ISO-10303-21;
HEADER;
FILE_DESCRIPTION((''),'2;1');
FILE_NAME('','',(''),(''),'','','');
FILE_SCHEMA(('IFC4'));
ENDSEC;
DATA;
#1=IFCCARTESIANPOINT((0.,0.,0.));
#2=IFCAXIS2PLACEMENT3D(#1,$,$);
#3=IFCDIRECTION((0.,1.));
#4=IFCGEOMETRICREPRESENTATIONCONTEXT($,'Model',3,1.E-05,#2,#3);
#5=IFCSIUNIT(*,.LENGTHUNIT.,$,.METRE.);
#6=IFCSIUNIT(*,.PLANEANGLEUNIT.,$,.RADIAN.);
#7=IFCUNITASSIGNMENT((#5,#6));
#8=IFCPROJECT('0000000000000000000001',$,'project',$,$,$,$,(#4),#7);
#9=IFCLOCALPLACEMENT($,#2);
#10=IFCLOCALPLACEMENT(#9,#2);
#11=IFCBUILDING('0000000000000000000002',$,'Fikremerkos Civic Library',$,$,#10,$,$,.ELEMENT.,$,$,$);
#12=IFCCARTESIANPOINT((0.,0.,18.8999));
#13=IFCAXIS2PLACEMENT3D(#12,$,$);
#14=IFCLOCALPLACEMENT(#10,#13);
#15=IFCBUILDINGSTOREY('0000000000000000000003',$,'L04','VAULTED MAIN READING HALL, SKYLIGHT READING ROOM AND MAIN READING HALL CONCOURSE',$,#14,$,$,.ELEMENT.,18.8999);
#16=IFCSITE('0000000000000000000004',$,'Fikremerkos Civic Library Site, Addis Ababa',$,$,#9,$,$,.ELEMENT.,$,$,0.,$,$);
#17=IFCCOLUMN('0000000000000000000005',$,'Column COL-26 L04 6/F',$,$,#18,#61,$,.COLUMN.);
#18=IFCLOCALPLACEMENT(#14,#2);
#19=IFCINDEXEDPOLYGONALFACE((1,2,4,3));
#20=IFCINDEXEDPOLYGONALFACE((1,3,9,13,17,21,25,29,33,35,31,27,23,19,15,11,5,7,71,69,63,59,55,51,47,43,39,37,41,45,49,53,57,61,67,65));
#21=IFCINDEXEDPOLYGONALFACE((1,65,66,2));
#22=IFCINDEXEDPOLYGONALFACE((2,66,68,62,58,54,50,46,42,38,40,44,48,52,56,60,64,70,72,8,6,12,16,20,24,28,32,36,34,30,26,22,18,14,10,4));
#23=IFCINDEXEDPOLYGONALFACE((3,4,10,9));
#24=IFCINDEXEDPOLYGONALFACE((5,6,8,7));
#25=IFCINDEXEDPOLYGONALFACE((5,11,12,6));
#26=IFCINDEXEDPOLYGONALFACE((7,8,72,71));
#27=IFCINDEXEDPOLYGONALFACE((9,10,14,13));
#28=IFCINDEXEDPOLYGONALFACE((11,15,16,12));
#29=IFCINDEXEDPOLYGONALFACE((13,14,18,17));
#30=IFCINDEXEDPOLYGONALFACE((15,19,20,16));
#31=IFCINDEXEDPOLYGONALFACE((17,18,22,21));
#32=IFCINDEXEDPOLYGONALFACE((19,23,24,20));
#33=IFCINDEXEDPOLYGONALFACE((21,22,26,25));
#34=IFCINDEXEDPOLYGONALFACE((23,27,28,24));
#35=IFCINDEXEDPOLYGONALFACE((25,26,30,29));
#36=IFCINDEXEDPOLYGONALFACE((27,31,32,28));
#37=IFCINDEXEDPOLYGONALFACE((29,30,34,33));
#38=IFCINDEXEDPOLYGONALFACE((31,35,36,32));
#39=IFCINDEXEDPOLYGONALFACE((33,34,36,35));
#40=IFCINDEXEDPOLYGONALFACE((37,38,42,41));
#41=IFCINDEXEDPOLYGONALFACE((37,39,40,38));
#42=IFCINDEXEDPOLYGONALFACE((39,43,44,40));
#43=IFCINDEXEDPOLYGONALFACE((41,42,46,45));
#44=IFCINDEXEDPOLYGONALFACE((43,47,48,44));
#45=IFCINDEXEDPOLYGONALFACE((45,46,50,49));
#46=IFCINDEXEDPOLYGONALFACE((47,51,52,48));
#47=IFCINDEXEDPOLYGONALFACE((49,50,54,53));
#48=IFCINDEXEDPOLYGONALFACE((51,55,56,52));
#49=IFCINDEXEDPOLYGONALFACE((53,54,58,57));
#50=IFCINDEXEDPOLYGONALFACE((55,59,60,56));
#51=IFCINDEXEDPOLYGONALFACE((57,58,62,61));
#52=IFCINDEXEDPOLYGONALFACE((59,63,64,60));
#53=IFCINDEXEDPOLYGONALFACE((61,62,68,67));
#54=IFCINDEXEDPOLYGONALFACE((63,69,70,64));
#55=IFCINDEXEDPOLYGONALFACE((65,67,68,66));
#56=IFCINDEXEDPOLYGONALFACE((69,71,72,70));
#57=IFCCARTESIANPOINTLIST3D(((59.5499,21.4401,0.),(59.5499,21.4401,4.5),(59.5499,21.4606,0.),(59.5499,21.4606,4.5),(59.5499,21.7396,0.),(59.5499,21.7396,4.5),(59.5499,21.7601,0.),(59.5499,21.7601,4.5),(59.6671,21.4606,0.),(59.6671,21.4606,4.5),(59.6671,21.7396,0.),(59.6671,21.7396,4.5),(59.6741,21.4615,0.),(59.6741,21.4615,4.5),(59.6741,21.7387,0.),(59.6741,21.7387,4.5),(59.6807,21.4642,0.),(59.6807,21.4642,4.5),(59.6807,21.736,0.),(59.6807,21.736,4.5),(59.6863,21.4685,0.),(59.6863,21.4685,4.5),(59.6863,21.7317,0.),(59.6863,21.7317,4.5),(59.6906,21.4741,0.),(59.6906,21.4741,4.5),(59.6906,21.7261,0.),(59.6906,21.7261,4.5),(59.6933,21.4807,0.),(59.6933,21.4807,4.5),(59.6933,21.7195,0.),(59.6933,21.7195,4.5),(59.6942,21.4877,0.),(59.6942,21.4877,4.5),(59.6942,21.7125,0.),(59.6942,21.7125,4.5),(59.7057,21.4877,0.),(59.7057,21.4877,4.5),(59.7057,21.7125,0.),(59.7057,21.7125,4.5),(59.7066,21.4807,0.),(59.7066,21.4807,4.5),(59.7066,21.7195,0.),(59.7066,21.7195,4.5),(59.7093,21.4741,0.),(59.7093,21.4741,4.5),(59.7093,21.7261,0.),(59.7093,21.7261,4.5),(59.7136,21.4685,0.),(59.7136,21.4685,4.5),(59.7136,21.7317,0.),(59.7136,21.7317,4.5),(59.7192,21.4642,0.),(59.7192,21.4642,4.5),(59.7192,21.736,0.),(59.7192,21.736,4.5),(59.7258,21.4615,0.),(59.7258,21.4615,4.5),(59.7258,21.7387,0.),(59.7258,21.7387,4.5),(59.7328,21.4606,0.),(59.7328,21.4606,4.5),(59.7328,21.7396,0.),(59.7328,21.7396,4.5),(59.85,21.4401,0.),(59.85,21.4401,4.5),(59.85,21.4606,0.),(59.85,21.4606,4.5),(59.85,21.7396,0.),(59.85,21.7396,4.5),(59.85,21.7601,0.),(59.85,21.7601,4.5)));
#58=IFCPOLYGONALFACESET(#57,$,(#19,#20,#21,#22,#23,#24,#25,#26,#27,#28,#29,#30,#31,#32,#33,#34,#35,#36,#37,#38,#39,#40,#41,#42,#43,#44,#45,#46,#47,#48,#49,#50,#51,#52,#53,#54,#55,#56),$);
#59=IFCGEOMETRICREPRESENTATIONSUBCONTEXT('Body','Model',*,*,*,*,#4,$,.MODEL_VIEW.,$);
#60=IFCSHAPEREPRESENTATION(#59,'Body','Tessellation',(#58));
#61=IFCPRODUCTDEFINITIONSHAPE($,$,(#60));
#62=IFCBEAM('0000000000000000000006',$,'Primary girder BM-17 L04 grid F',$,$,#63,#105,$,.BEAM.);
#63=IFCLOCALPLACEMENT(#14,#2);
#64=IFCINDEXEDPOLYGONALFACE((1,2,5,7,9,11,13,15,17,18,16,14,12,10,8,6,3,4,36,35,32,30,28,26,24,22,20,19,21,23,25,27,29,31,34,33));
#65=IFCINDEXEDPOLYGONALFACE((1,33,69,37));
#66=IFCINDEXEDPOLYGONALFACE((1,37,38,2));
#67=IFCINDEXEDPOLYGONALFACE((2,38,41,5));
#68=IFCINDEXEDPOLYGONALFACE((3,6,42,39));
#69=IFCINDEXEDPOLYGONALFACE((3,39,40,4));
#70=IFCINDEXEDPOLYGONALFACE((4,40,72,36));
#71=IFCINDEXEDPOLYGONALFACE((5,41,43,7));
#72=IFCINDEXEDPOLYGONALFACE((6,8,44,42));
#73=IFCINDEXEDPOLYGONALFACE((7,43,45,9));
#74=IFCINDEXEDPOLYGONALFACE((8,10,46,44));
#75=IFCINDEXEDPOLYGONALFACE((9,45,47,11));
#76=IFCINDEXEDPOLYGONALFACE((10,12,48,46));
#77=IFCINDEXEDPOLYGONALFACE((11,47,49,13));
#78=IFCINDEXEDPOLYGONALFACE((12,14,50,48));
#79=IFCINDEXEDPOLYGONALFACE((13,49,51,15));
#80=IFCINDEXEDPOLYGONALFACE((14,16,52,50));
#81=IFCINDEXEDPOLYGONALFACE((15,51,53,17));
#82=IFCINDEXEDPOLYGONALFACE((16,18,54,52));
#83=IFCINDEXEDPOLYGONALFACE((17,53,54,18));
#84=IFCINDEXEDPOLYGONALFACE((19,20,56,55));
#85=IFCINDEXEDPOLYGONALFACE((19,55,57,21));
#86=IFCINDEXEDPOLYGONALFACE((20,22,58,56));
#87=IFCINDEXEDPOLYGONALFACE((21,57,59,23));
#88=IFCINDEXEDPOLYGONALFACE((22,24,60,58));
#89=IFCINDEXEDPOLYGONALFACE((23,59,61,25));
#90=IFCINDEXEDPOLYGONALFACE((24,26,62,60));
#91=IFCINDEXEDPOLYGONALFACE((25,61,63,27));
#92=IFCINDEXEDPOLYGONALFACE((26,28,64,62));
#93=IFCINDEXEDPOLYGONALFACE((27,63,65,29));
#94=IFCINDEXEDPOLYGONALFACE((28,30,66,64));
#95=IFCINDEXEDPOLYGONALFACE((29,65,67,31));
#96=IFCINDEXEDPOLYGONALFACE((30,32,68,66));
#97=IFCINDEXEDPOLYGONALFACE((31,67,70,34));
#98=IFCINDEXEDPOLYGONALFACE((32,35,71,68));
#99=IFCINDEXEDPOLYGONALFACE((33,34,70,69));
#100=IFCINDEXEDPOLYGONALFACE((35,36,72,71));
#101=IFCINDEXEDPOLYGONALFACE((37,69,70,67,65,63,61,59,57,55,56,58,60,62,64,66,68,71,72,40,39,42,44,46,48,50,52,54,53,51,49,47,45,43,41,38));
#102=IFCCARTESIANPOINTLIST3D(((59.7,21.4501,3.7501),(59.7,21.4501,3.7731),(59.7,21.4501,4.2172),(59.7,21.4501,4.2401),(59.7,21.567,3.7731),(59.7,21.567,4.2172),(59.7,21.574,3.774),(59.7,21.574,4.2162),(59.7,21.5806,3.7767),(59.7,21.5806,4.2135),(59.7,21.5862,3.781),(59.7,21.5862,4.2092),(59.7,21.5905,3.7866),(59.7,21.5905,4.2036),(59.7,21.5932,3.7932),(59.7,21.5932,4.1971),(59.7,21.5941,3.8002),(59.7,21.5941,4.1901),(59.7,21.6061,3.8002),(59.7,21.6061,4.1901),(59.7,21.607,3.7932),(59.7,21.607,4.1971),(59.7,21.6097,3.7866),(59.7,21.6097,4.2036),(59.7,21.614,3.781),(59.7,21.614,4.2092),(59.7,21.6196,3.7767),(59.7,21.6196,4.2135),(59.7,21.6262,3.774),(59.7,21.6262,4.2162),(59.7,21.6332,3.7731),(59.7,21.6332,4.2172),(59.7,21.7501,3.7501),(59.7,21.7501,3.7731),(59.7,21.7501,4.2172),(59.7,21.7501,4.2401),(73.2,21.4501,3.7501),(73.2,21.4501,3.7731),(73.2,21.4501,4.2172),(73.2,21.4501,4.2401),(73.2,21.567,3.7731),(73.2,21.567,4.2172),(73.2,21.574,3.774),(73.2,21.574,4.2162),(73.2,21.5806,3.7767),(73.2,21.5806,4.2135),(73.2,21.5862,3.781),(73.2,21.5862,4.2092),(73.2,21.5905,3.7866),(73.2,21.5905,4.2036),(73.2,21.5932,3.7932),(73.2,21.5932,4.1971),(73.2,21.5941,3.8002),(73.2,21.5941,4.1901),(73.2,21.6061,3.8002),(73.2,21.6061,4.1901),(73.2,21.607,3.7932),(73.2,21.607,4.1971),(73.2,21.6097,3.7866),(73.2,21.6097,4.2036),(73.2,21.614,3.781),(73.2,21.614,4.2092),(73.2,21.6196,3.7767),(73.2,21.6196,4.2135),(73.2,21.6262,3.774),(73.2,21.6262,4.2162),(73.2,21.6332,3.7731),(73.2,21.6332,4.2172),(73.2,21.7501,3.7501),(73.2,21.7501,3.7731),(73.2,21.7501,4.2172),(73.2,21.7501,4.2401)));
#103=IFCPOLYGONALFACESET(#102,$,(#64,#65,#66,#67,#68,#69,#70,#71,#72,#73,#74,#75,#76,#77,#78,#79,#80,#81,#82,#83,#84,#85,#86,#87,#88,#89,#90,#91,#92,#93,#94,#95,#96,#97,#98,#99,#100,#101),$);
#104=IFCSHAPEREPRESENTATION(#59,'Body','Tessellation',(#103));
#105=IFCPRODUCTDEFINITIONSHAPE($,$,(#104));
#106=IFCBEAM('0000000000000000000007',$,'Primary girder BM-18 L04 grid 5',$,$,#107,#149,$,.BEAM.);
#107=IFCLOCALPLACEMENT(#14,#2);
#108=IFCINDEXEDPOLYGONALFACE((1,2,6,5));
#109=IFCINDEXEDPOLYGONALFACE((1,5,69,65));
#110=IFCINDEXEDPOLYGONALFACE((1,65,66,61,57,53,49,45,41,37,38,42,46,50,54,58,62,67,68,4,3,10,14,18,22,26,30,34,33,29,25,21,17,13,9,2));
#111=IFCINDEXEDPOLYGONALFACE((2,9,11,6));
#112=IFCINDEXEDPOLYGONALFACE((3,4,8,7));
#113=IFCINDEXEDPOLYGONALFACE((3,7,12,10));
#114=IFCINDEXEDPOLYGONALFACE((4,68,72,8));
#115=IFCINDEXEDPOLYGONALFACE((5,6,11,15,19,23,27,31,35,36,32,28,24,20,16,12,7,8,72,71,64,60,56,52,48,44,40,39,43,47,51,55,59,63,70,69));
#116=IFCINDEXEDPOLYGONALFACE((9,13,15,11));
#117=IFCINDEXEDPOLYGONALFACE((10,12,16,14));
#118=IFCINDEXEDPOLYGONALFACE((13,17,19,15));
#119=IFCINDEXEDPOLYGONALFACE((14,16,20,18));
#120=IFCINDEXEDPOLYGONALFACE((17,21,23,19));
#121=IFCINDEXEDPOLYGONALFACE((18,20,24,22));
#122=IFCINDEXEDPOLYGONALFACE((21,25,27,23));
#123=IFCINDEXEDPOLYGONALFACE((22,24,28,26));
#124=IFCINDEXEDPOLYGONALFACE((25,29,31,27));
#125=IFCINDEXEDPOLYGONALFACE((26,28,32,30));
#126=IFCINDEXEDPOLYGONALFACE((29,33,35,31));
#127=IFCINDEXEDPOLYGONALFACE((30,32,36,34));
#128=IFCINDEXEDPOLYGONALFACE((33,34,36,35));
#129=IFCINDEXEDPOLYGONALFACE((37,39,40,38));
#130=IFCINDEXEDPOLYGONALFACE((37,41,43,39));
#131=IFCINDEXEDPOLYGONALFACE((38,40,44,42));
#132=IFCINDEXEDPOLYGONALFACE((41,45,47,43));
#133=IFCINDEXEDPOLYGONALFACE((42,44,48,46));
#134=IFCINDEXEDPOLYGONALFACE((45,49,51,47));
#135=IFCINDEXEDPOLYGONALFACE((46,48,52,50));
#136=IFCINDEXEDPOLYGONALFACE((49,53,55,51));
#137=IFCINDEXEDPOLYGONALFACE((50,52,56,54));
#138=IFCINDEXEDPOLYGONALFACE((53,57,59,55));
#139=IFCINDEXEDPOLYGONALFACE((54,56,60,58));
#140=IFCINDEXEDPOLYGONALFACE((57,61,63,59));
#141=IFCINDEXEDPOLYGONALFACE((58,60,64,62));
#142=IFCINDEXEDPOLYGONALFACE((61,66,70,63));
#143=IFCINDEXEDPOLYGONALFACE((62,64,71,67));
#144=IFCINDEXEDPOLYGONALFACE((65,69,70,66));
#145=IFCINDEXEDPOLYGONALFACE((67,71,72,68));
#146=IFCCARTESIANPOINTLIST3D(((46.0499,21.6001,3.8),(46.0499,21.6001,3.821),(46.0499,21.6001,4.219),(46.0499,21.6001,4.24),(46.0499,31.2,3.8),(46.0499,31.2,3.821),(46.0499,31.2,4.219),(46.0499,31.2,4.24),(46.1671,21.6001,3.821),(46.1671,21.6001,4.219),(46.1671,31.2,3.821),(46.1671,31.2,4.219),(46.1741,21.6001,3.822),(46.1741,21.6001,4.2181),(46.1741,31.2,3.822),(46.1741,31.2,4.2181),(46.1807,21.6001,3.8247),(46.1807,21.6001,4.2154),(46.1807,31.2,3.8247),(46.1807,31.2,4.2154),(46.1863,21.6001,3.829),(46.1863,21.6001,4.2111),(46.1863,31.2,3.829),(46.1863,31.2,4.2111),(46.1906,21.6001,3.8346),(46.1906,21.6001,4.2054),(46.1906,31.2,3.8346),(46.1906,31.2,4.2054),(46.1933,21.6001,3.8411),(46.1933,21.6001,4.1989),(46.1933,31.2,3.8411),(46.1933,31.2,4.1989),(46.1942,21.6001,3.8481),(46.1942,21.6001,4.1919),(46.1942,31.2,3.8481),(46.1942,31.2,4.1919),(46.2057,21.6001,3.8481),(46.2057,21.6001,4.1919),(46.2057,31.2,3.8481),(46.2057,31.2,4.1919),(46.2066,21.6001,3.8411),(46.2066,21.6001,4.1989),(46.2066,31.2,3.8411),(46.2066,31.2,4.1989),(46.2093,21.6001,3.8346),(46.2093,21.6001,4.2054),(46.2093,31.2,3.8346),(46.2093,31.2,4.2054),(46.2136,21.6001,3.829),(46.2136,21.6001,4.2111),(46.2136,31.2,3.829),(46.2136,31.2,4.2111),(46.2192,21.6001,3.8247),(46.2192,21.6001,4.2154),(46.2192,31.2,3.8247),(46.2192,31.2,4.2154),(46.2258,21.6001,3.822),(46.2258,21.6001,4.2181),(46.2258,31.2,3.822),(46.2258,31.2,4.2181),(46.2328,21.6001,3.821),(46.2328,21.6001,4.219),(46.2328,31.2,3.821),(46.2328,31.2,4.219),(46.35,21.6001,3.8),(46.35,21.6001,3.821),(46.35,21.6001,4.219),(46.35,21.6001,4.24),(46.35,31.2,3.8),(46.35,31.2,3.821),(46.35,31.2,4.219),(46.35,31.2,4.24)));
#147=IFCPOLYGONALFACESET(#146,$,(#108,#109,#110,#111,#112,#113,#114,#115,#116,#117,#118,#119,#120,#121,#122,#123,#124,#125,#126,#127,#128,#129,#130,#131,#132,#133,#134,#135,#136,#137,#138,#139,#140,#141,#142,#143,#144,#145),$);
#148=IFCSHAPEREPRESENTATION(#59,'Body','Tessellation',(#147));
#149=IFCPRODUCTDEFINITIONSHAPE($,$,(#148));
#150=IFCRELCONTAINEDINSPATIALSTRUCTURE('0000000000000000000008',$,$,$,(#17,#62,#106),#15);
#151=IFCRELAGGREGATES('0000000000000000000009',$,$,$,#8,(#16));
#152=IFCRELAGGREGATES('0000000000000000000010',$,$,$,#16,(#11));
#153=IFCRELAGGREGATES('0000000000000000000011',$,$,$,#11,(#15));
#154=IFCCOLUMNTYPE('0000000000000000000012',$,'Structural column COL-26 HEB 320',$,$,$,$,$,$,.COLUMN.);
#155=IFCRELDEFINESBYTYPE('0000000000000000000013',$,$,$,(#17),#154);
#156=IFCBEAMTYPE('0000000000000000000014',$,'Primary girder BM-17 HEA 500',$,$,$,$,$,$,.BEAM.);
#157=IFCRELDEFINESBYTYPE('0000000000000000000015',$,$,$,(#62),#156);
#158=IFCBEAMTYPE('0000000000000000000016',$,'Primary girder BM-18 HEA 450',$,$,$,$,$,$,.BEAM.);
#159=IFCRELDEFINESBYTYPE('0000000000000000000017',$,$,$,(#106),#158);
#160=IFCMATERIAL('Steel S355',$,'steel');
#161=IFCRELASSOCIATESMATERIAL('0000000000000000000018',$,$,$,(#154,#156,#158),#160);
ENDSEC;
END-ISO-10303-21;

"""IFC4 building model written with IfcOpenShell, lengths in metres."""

from ifc_helpers import new_model, si_unit, direction, frame, origin, origin_2d, place, context, subcontext, project, spatial, i_section, extrude, material, material_profile, profile_set, type_object, element, save


model = new_model("IFC4")

# Units and contexts
model_context = context("Model", 3, precision=1e-05, world=origin(), true_north=direction((0.0, 1.0)))
body_context = subcontext(model_context, "Body", "Model", "MODEL_VIEW")
ifc_project = project(units=[si_unit("LENGTHUNIT", "METRE"), si_unit("PLANEANGLEUNIT", "RADIAN")], contexts=[model_context])

# Site, building, storey
site_placement = place(None, origin())
site = spatial("IfcSite", under=ifc_project, at=site_placement, Name="Fikremerkos Civic Library Site, Addis Ababa", CompositionType="ELEMENT", RefElevation=0.0)
building_placement = place(site_placement, origin())
building = spatial("IfcBuilding", under=site, at=building_placement, Name="Fikremerkos Civic Library", CompositionType="ELEMENT")
storey_placement = place(building_placement, frame((0.0, 0.0, 18.8999)))
storey = spatial("IfcBuildingStorey", under=building, at=storey_placement, Name="L04", Description="VAULTED MAIN READING HALL, SKYLIGHT READING ROOM AND MAIN READING HALL CONCOURSE", CompositionType="ELEMENT", Elevation=18.8999)

# Column
ifc_material_1 = material(Name="Steel S355", Category="steel")
ifc_material_profile_1 = material_profile(ifc_material_1, i_section(OverallWidth=0.3, OverallDepth=0.3201, WebThickness=0.0115, FlangeThickness=0.0205, FilletRadius=0.0271, at=origin_2d()), Name="HEB 320")
ifc_profile_set_1 = profile_set([ifc_material_profile_1], Name="Steel S355")
column_type = type_object("IfcColumnType", Name="Structural column COL-26 HEB 320", PredefinedType="COLUMN", material=ifc_profile_set_1)
column_placement = place(storey_placement, frame((59.7, 21.6001, 0.0), z_axis=(0.0, 0.0, 1.0), x_axis=(1.0, 0.0, 0.0)))
element("IfcColumn", 1, at=column_placement, inside=storey, type_object=column_type, Name="Column COL-26 L04 6/F", PredefinedType="COLUMN", context=body_context, shape_type="SweptSolid", body=[
    extrude(i_section(OverallWidth=0.3, OverallDepth=0.3201, WebThickness=0.0115, FlangeThickness=0.0205, FilletRadius=0.0271, at=origin_2d()), origin(), (0.0, 0.0, 1.0), 4.5),
])

# Beams
ifc_material_profile_2 = material_profile(ifc_material_1, i_section(OverallWidth=0.3, OverallDepth=0.49, WebThickness=0.012, FlangeThickness=0.0229, FilletRadius=0.0271, at=origin_2d()), Name="HEA 500")
ifc_profile_set_2 = profile_set([ifc_material_profile_2], Name="Steel S355")
beam_type_1 = type_object("IfcBeamType", Name="Primary girder BM-17 HEA 500", PredefinedType="BEAM", material=ifc_profile_set_2)
beam_1_placement = place(storey_placement, frame((59.7, 21.6001, 3.9951), z_axis=(1.0, 0.0, 0.0), x_axis=(0.0, 1.0, 0.0)))
element("IfcBeam", 2, at=beam_1_placement, inside=storey, type_object=beam_type_1, Name="Primary girder BM-17 L04 grid F", PredefinedType="BEAM", context=body_context, shape_type="SweptSolid", body=[
    extrude(i_section(OverallWidth=0.3, OverallDepth=0.49, WebThickness=0.012, FlangeThickness=0.0229, FilletRadius=0.0271, at=origin_2d()), origin(), (0.0, 0.0, 1.0), 13.5),
])
ifc_material_profile_3 = material_profile(ifc_material_1, i_section(OverallWidth=0.3, OverallDepth=0.4399, WebThickness=0.0115, FlangeThickness=0.021, FilletRadius=0.0271, at=origin_2d()), Name="HEA 450")
ifc_profile_set_3 = profile_set([ifc_material_profile_3], Name="Steel S355")
beam_type_2 = type_object("IfcBeamType", Name="Primary girder BM-18 HEA 450", PredefinedType="BEAM", material=ifc_profile_set_3)
beam_2_placement = place(storey_placement, frame((46.2, 21.6001, 4.02), z_axis=(0.0, 1.0, 0.0), x_axis=(-1.0, 0.0, 0.0)))
element("IfcBeam", 3, at=beam_2_placement, inside=storey, type_object=beam_type_2, Name="Primary girder BM-18 L04 grid 5", PredefinedType="BEAM", context=body_context, shape_type="SweptSolid", body=[
    extrude(i_section(OverallWidth=0.3, OverallDepth=0.4399, WebThickness=0.0115, FlangeThickness=0.021, FilletRadius=0.0271, at=origin_2d()), origin(), (0.0, 0.0, 1.0), 9.5999),
])

save(model, "model.ifc")
